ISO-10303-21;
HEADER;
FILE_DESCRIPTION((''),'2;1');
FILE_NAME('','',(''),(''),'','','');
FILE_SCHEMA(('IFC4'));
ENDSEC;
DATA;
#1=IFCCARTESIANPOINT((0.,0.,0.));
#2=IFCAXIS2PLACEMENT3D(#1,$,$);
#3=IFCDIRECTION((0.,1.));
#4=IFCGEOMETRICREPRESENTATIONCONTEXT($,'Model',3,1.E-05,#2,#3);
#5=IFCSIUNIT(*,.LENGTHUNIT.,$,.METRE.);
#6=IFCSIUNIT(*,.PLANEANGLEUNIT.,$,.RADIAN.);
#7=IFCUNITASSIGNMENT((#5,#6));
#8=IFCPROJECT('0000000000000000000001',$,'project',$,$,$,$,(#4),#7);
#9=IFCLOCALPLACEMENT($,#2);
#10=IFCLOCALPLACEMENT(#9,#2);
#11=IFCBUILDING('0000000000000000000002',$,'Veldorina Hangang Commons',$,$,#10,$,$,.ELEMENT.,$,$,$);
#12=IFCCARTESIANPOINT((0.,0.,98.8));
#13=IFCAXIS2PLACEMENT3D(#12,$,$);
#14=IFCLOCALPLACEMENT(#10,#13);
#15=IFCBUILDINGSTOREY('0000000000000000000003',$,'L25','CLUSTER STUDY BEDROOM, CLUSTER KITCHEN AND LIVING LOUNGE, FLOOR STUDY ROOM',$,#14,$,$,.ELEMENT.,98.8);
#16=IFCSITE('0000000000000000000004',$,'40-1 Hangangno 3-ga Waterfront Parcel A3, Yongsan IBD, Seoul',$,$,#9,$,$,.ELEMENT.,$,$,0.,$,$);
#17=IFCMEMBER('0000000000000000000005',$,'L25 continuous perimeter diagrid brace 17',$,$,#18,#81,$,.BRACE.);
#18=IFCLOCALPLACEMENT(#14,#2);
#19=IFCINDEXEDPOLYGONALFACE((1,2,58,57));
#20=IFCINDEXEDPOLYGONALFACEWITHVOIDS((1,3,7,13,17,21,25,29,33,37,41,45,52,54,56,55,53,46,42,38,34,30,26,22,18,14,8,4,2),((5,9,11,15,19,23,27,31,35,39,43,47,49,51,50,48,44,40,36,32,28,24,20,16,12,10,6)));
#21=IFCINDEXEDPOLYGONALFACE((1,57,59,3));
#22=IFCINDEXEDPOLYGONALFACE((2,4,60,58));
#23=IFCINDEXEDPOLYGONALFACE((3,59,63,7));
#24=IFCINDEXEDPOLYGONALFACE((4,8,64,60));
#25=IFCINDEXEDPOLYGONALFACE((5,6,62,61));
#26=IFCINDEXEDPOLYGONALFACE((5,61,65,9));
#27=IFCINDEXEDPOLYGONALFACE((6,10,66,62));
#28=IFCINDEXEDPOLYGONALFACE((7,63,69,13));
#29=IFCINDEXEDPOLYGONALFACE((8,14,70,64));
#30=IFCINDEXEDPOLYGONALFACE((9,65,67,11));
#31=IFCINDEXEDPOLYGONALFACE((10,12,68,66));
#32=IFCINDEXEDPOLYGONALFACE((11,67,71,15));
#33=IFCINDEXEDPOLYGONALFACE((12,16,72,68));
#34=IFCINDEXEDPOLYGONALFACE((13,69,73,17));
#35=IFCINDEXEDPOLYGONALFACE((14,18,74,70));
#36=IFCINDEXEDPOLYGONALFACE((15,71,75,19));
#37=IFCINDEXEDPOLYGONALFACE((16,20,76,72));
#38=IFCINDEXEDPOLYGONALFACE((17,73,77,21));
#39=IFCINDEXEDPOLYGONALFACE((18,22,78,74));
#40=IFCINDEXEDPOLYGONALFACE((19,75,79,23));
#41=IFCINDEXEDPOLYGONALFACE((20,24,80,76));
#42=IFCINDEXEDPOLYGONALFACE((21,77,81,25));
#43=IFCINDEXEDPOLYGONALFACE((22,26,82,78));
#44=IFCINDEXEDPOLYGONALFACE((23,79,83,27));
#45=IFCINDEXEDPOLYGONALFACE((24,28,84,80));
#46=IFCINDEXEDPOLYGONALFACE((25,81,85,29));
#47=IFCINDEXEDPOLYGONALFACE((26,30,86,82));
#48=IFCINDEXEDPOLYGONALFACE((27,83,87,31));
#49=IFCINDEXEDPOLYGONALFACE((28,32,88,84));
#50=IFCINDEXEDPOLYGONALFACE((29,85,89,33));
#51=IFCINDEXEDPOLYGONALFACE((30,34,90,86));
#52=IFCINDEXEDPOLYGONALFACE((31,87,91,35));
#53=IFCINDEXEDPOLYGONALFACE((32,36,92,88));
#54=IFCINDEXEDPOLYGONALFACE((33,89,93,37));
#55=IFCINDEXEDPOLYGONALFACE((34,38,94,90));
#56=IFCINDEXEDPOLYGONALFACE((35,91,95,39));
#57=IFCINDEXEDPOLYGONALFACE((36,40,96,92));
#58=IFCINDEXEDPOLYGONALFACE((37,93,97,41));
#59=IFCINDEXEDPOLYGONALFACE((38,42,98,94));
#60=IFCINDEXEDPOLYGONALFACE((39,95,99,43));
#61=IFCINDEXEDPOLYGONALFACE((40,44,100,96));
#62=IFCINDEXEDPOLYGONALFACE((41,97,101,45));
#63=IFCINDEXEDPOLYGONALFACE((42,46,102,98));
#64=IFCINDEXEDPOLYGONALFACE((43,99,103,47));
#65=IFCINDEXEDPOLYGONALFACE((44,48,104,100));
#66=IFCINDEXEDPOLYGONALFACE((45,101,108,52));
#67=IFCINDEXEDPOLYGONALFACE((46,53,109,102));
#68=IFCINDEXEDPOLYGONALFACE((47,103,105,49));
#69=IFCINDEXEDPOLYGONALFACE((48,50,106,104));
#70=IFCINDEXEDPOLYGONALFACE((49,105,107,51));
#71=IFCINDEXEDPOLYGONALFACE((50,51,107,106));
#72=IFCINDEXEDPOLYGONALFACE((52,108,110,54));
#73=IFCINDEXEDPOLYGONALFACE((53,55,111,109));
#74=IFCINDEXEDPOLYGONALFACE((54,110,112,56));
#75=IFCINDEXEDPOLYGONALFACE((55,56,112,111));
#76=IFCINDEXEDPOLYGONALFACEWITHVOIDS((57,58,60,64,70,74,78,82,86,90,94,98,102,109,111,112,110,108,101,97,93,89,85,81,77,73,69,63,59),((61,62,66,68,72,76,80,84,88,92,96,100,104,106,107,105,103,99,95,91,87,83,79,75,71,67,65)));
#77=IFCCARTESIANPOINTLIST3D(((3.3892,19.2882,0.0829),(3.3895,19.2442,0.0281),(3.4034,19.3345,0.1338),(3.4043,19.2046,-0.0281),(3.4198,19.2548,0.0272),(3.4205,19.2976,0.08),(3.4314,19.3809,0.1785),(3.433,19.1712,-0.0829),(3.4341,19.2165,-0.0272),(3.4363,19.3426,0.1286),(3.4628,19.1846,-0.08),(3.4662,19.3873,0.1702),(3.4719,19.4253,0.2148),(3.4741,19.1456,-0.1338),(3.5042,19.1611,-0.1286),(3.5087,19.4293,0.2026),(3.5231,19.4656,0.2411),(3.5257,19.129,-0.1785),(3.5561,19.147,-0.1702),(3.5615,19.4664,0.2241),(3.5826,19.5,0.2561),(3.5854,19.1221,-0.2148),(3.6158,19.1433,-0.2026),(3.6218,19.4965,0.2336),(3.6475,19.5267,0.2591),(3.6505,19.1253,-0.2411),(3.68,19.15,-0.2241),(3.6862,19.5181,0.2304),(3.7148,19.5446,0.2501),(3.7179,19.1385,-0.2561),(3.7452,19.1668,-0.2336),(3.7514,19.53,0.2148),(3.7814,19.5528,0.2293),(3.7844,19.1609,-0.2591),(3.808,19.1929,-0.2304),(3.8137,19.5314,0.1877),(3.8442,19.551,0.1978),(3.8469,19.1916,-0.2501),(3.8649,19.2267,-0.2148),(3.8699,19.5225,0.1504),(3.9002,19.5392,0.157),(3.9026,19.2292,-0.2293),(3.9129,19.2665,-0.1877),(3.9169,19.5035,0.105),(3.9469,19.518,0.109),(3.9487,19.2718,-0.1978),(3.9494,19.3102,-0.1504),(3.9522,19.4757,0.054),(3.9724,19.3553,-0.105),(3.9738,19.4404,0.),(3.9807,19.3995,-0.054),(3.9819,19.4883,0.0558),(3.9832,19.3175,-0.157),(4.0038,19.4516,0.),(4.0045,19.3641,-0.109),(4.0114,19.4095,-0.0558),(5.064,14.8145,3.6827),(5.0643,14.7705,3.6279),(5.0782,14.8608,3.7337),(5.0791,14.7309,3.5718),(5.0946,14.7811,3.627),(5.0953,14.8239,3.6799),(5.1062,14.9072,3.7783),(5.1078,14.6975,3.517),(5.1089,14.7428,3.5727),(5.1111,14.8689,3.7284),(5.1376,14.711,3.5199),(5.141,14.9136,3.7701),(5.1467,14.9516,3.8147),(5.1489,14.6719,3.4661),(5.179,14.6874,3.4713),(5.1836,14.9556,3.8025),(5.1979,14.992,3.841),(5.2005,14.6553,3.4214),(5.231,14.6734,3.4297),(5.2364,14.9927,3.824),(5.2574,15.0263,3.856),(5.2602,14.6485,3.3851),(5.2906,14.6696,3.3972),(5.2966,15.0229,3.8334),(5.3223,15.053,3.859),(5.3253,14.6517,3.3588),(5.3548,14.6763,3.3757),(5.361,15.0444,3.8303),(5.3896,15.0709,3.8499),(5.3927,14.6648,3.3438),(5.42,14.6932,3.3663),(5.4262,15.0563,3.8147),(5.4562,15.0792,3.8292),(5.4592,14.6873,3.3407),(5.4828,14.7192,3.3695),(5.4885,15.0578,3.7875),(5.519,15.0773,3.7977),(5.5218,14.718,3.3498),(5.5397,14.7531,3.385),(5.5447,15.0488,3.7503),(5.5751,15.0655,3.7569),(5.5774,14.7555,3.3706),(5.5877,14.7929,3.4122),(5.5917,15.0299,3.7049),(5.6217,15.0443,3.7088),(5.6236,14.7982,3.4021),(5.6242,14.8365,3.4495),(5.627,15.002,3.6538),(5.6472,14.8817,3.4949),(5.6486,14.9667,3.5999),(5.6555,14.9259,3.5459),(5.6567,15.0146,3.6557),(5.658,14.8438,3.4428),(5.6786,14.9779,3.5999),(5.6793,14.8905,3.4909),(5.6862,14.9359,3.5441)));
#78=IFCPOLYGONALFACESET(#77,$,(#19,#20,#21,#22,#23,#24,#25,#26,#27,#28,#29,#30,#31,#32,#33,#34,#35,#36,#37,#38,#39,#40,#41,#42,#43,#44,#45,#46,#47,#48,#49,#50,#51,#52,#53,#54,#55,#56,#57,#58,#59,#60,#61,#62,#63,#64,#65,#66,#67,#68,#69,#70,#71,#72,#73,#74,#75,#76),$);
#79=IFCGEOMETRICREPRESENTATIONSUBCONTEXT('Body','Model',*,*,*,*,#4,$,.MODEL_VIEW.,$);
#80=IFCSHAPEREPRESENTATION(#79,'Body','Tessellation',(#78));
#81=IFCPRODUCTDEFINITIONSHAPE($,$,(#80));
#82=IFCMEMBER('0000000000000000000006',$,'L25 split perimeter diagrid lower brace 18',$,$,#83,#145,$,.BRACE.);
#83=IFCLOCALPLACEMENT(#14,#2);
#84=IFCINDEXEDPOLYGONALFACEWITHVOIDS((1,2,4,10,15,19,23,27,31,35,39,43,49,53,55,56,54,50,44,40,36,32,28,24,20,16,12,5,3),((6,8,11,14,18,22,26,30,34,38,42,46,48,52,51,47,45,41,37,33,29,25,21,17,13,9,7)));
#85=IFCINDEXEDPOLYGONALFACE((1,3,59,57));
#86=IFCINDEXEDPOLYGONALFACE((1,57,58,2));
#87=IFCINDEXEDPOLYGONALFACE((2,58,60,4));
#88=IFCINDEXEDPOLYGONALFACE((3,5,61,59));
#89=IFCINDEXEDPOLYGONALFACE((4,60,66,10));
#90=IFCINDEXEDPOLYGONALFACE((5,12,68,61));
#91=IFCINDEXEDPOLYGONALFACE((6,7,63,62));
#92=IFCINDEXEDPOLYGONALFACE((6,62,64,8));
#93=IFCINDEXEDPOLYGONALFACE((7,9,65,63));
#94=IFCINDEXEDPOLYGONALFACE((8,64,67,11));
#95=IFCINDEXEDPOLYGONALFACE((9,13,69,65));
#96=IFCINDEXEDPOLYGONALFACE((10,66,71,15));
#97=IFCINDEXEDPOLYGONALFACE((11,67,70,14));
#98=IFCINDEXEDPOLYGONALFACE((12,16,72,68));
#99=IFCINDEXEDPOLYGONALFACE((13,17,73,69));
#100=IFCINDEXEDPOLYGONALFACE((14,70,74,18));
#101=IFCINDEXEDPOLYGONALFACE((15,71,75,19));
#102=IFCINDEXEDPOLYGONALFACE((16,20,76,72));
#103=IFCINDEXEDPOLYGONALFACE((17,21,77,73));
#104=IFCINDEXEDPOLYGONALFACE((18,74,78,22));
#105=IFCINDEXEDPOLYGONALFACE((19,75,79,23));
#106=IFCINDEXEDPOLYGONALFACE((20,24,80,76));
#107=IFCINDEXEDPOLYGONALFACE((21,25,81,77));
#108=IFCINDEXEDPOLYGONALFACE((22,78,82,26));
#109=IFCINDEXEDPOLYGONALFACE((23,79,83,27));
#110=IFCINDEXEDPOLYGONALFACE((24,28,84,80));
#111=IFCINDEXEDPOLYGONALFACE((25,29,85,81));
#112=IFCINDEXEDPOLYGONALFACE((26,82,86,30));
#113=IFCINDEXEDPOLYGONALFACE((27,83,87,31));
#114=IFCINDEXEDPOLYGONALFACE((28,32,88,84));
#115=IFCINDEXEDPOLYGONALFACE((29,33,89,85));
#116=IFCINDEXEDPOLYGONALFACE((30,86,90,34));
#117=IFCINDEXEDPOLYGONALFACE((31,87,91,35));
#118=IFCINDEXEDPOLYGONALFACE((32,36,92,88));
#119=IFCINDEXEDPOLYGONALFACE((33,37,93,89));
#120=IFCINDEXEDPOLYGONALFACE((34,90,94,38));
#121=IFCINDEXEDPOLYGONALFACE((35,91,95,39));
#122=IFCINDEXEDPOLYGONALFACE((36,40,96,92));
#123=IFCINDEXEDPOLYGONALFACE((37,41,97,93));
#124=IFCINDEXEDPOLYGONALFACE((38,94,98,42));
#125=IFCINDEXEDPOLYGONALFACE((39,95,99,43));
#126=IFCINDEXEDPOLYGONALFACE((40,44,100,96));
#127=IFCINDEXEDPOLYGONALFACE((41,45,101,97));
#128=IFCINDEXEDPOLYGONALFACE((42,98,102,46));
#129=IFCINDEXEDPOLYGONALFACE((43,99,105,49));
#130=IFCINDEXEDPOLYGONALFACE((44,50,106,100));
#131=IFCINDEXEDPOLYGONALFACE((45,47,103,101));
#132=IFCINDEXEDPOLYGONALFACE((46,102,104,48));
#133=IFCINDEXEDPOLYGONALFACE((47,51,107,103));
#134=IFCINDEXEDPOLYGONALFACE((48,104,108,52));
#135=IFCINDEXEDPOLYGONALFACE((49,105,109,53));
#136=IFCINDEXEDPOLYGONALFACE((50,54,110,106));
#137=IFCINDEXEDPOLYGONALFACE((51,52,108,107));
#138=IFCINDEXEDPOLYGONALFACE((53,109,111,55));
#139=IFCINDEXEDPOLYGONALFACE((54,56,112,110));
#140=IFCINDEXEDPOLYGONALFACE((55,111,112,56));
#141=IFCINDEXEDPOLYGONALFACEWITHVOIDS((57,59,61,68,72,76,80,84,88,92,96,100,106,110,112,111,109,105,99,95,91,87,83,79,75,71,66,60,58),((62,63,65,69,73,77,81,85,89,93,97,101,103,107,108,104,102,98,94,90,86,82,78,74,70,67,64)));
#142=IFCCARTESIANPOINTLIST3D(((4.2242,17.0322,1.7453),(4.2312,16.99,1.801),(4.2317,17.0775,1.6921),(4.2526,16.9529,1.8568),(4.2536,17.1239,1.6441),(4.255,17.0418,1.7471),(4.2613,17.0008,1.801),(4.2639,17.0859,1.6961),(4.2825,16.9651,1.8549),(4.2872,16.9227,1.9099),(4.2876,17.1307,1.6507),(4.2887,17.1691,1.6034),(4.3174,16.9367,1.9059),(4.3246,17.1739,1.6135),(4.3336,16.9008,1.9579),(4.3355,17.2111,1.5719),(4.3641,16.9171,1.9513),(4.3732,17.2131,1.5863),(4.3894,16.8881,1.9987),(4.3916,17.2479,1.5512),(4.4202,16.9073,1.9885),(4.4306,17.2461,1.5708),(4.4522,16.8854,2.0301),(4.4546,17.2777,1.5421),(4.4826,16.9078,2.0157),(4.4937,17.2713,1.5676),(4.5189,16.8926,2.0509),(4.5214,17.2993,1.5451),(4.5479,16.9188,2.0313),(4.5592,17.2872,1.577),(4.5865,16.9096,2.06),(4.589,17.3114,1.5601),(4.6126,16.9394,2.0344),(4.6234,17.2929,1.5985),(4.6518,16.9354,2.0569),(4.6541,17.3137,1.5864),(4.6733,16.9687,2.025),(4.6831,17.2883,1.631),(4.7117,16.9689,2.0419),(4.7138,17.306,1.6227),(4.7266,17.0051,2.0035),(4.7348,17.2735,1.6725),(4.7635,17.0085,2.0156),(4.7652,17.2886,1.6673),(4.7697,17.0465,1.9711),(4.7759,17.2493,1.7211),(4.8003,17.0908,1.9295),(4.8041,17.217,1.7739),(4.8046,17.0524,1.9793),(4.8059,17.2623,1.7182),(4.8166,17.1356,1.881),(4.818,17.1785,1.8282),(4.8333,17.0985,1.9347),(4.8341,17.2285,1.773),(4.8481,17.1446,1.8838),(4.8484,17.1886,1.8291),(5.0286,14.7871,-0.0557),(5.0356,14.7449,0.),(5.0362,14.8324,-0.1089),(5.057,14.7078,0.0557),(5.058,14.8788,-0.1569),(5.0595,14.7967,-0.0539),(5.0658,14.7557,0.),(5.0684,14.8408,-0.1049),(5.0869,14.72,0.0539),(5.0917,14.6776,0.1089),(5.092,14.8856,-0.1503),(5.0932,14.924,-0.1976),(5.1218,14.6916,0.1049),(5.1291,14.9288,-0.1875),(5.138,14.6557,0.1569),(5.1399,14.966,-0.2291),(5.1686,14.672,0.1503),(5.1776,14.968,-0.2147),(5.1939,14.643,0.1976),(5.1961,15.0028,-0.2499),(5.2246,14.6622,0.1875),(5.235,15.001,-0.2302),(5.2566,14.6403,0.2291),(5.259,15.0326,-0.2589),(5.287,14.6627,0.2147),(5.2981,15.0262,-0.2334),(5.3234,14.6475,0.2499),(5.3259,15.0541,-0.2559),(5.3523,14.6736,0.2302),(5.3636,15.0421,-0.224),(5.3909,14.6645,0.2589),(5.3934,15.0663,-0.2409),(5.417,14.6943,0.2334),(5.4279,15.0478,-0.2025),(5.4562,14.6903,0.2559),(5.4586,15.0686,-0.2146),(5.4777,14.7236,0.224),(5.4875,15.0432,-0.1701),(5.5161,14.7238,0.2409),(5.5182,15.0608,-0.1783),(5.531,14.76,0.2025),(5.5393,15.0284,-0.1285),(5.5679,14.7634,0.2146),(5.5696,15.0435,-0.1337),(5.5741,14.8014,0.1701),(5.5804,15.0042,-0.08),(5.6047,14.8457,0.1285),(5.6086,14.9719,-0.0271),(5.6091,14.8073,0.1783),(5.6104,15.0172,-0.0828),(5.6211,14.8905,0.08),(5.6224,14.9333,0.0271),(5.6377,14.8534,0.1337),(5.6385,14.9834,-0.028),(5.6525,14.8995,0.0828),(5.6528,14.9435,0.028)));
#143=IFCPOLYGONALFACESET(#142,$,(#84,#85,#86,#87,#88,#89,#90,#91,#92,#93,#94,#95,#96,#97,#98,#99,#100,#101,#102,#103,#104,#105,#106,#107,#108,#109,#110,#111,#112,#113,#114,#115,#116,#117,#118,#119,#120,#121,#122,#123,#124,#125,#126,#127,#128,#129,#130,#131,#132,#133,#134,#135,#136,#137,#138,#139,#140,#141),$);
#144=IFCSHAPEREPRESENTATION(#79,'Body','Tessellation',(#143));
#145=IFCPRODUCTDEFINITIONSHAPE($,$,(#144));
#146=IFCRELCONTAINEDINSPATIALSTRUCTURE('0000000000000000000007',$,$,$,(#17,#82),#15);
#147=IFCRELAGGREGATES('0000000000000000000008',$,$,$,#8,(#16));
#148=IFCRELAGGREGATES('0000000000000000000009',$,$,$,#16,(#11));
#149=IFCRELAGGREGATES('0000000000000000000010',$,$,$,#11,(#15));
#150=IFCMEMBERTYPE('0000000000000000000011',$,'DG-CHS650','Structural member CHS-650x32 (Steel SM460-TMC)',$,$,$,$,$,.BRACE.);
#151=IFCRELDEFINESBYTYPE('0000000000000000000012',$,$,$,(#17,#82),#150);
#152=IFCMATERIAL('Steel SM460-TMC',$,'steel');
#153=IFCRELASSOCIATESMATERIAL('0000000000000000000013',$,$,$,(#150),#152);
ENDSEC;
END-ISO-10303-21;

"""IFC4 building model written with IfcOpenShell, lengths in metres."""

from ifc_helpers import new_model, si_unit, direction, frame, origin, origin_2d, place, context, subcontext, project, spatial, hollow_circle, extrude, material, material_profile, profile_set, type_object, element, save


model = new_model("IFC4")

# Units and contexts
model_context = context("Model", 3, precision=1e-05, world=origin(), true_north=direction((0.0, 1.0)))
body_context = subcontext(model_context, "Body", "Model", "MODEL_VIEW")
ifc_project = project(units=[si_unit("LENGTHUNIT", "METRE"), si_unit("PLANEANGLEUNIT", "RADIAN")], contexts=[model_context])

# Site, building, storey
site_placement = place(None, origin())
site = spatial("IfcSite", under=ifc_project, at=site_placement, Name="40-1 Hangangno 3-ga Waterfront Parcel A3, Yongsan IBD, Seoul", CompositionType="ELEMENT", RefElevation=0.0)
building_placement = place(site_placement, origin())
building = spatial("IfcBuilding", under=site, at=building_placement, Name="Veldorina Hangang Commons", CompositionType="ELEMENT")
storey_placement = place(building_placement, frame((0.0, 0.0, 98.8)))
storey = spatial("IfcBuildingStorey", under=building, at=storey_placement, Name="L25", Description="CLUSTER STUDY BEDROOM, CLUSTER KITCHEN AND LIVING LOUNGE, FLOOR STUDY ROOM", CompositionType="ELEMENT", Elevation=98.8)

# Members
ifc_material_1 = material(Name="Steel SM460-TMC", Category="steel")
ifc_material_profile_1 = material_profile(ifc_material_1, hollow_circle(Radius=0.325, WallThickness=0.032, at=origin_2d()), Name="CHS-650x32")
ifc_profile_set_1 = profile_set([ifc_material_profile_1], Name="Steel SM460-TMC")
member_type = type_object("IfcMemberType", Name="DG-CHS650", Description="Structural member CHS-650x32 (Steel SM460-TMC)", PredefinedType="BRACE", material=ifc_profile_set_1)
member_1_placement = place(storey_placement, frame((3.6995, 19.3376, 0.0), z_axis=(0.280001, -0.747922, 0.60184), x_axis=(0.936522, 0.350608, 0.0)))
element("IfcMember", 1, at=member_1_placement, inside=storey, type_object=member_type, Name="L25 continuous perimeter diagrid brace 17", PredefinedType="BRACE", context=body_context, shape_type="SweptSolid", body=[
    extrude(hollow_circle(Radius=0.325, WallThickness=0.032, at=origin_2d()), origin(), (0.0, 0.0, 1.0), 5.9814),
])
member_2_placement = place(storey_placement, frame((5.3416, 14.8545, 0.0), z_axis=(-0.269176, 0.751242, 0.602644), x_axis=(-0.941394, -0.337309, 0.0)))
element("IfcMember", 2, at=member_2_placement, inside=storey, type_object=member_type, Name="L25 split perimeter diagrid lower brace 18", PredefinedType="BRACE", context=body_context, shape_type="SweptSolid", body=[
    extrude(hollow_circle(Radius=0.325, WallThickness=0.032, at=origin_2d()), origin(), (0.0, 0.0, 1.0), 2.9885),
])

save(model, "model.ifc")
